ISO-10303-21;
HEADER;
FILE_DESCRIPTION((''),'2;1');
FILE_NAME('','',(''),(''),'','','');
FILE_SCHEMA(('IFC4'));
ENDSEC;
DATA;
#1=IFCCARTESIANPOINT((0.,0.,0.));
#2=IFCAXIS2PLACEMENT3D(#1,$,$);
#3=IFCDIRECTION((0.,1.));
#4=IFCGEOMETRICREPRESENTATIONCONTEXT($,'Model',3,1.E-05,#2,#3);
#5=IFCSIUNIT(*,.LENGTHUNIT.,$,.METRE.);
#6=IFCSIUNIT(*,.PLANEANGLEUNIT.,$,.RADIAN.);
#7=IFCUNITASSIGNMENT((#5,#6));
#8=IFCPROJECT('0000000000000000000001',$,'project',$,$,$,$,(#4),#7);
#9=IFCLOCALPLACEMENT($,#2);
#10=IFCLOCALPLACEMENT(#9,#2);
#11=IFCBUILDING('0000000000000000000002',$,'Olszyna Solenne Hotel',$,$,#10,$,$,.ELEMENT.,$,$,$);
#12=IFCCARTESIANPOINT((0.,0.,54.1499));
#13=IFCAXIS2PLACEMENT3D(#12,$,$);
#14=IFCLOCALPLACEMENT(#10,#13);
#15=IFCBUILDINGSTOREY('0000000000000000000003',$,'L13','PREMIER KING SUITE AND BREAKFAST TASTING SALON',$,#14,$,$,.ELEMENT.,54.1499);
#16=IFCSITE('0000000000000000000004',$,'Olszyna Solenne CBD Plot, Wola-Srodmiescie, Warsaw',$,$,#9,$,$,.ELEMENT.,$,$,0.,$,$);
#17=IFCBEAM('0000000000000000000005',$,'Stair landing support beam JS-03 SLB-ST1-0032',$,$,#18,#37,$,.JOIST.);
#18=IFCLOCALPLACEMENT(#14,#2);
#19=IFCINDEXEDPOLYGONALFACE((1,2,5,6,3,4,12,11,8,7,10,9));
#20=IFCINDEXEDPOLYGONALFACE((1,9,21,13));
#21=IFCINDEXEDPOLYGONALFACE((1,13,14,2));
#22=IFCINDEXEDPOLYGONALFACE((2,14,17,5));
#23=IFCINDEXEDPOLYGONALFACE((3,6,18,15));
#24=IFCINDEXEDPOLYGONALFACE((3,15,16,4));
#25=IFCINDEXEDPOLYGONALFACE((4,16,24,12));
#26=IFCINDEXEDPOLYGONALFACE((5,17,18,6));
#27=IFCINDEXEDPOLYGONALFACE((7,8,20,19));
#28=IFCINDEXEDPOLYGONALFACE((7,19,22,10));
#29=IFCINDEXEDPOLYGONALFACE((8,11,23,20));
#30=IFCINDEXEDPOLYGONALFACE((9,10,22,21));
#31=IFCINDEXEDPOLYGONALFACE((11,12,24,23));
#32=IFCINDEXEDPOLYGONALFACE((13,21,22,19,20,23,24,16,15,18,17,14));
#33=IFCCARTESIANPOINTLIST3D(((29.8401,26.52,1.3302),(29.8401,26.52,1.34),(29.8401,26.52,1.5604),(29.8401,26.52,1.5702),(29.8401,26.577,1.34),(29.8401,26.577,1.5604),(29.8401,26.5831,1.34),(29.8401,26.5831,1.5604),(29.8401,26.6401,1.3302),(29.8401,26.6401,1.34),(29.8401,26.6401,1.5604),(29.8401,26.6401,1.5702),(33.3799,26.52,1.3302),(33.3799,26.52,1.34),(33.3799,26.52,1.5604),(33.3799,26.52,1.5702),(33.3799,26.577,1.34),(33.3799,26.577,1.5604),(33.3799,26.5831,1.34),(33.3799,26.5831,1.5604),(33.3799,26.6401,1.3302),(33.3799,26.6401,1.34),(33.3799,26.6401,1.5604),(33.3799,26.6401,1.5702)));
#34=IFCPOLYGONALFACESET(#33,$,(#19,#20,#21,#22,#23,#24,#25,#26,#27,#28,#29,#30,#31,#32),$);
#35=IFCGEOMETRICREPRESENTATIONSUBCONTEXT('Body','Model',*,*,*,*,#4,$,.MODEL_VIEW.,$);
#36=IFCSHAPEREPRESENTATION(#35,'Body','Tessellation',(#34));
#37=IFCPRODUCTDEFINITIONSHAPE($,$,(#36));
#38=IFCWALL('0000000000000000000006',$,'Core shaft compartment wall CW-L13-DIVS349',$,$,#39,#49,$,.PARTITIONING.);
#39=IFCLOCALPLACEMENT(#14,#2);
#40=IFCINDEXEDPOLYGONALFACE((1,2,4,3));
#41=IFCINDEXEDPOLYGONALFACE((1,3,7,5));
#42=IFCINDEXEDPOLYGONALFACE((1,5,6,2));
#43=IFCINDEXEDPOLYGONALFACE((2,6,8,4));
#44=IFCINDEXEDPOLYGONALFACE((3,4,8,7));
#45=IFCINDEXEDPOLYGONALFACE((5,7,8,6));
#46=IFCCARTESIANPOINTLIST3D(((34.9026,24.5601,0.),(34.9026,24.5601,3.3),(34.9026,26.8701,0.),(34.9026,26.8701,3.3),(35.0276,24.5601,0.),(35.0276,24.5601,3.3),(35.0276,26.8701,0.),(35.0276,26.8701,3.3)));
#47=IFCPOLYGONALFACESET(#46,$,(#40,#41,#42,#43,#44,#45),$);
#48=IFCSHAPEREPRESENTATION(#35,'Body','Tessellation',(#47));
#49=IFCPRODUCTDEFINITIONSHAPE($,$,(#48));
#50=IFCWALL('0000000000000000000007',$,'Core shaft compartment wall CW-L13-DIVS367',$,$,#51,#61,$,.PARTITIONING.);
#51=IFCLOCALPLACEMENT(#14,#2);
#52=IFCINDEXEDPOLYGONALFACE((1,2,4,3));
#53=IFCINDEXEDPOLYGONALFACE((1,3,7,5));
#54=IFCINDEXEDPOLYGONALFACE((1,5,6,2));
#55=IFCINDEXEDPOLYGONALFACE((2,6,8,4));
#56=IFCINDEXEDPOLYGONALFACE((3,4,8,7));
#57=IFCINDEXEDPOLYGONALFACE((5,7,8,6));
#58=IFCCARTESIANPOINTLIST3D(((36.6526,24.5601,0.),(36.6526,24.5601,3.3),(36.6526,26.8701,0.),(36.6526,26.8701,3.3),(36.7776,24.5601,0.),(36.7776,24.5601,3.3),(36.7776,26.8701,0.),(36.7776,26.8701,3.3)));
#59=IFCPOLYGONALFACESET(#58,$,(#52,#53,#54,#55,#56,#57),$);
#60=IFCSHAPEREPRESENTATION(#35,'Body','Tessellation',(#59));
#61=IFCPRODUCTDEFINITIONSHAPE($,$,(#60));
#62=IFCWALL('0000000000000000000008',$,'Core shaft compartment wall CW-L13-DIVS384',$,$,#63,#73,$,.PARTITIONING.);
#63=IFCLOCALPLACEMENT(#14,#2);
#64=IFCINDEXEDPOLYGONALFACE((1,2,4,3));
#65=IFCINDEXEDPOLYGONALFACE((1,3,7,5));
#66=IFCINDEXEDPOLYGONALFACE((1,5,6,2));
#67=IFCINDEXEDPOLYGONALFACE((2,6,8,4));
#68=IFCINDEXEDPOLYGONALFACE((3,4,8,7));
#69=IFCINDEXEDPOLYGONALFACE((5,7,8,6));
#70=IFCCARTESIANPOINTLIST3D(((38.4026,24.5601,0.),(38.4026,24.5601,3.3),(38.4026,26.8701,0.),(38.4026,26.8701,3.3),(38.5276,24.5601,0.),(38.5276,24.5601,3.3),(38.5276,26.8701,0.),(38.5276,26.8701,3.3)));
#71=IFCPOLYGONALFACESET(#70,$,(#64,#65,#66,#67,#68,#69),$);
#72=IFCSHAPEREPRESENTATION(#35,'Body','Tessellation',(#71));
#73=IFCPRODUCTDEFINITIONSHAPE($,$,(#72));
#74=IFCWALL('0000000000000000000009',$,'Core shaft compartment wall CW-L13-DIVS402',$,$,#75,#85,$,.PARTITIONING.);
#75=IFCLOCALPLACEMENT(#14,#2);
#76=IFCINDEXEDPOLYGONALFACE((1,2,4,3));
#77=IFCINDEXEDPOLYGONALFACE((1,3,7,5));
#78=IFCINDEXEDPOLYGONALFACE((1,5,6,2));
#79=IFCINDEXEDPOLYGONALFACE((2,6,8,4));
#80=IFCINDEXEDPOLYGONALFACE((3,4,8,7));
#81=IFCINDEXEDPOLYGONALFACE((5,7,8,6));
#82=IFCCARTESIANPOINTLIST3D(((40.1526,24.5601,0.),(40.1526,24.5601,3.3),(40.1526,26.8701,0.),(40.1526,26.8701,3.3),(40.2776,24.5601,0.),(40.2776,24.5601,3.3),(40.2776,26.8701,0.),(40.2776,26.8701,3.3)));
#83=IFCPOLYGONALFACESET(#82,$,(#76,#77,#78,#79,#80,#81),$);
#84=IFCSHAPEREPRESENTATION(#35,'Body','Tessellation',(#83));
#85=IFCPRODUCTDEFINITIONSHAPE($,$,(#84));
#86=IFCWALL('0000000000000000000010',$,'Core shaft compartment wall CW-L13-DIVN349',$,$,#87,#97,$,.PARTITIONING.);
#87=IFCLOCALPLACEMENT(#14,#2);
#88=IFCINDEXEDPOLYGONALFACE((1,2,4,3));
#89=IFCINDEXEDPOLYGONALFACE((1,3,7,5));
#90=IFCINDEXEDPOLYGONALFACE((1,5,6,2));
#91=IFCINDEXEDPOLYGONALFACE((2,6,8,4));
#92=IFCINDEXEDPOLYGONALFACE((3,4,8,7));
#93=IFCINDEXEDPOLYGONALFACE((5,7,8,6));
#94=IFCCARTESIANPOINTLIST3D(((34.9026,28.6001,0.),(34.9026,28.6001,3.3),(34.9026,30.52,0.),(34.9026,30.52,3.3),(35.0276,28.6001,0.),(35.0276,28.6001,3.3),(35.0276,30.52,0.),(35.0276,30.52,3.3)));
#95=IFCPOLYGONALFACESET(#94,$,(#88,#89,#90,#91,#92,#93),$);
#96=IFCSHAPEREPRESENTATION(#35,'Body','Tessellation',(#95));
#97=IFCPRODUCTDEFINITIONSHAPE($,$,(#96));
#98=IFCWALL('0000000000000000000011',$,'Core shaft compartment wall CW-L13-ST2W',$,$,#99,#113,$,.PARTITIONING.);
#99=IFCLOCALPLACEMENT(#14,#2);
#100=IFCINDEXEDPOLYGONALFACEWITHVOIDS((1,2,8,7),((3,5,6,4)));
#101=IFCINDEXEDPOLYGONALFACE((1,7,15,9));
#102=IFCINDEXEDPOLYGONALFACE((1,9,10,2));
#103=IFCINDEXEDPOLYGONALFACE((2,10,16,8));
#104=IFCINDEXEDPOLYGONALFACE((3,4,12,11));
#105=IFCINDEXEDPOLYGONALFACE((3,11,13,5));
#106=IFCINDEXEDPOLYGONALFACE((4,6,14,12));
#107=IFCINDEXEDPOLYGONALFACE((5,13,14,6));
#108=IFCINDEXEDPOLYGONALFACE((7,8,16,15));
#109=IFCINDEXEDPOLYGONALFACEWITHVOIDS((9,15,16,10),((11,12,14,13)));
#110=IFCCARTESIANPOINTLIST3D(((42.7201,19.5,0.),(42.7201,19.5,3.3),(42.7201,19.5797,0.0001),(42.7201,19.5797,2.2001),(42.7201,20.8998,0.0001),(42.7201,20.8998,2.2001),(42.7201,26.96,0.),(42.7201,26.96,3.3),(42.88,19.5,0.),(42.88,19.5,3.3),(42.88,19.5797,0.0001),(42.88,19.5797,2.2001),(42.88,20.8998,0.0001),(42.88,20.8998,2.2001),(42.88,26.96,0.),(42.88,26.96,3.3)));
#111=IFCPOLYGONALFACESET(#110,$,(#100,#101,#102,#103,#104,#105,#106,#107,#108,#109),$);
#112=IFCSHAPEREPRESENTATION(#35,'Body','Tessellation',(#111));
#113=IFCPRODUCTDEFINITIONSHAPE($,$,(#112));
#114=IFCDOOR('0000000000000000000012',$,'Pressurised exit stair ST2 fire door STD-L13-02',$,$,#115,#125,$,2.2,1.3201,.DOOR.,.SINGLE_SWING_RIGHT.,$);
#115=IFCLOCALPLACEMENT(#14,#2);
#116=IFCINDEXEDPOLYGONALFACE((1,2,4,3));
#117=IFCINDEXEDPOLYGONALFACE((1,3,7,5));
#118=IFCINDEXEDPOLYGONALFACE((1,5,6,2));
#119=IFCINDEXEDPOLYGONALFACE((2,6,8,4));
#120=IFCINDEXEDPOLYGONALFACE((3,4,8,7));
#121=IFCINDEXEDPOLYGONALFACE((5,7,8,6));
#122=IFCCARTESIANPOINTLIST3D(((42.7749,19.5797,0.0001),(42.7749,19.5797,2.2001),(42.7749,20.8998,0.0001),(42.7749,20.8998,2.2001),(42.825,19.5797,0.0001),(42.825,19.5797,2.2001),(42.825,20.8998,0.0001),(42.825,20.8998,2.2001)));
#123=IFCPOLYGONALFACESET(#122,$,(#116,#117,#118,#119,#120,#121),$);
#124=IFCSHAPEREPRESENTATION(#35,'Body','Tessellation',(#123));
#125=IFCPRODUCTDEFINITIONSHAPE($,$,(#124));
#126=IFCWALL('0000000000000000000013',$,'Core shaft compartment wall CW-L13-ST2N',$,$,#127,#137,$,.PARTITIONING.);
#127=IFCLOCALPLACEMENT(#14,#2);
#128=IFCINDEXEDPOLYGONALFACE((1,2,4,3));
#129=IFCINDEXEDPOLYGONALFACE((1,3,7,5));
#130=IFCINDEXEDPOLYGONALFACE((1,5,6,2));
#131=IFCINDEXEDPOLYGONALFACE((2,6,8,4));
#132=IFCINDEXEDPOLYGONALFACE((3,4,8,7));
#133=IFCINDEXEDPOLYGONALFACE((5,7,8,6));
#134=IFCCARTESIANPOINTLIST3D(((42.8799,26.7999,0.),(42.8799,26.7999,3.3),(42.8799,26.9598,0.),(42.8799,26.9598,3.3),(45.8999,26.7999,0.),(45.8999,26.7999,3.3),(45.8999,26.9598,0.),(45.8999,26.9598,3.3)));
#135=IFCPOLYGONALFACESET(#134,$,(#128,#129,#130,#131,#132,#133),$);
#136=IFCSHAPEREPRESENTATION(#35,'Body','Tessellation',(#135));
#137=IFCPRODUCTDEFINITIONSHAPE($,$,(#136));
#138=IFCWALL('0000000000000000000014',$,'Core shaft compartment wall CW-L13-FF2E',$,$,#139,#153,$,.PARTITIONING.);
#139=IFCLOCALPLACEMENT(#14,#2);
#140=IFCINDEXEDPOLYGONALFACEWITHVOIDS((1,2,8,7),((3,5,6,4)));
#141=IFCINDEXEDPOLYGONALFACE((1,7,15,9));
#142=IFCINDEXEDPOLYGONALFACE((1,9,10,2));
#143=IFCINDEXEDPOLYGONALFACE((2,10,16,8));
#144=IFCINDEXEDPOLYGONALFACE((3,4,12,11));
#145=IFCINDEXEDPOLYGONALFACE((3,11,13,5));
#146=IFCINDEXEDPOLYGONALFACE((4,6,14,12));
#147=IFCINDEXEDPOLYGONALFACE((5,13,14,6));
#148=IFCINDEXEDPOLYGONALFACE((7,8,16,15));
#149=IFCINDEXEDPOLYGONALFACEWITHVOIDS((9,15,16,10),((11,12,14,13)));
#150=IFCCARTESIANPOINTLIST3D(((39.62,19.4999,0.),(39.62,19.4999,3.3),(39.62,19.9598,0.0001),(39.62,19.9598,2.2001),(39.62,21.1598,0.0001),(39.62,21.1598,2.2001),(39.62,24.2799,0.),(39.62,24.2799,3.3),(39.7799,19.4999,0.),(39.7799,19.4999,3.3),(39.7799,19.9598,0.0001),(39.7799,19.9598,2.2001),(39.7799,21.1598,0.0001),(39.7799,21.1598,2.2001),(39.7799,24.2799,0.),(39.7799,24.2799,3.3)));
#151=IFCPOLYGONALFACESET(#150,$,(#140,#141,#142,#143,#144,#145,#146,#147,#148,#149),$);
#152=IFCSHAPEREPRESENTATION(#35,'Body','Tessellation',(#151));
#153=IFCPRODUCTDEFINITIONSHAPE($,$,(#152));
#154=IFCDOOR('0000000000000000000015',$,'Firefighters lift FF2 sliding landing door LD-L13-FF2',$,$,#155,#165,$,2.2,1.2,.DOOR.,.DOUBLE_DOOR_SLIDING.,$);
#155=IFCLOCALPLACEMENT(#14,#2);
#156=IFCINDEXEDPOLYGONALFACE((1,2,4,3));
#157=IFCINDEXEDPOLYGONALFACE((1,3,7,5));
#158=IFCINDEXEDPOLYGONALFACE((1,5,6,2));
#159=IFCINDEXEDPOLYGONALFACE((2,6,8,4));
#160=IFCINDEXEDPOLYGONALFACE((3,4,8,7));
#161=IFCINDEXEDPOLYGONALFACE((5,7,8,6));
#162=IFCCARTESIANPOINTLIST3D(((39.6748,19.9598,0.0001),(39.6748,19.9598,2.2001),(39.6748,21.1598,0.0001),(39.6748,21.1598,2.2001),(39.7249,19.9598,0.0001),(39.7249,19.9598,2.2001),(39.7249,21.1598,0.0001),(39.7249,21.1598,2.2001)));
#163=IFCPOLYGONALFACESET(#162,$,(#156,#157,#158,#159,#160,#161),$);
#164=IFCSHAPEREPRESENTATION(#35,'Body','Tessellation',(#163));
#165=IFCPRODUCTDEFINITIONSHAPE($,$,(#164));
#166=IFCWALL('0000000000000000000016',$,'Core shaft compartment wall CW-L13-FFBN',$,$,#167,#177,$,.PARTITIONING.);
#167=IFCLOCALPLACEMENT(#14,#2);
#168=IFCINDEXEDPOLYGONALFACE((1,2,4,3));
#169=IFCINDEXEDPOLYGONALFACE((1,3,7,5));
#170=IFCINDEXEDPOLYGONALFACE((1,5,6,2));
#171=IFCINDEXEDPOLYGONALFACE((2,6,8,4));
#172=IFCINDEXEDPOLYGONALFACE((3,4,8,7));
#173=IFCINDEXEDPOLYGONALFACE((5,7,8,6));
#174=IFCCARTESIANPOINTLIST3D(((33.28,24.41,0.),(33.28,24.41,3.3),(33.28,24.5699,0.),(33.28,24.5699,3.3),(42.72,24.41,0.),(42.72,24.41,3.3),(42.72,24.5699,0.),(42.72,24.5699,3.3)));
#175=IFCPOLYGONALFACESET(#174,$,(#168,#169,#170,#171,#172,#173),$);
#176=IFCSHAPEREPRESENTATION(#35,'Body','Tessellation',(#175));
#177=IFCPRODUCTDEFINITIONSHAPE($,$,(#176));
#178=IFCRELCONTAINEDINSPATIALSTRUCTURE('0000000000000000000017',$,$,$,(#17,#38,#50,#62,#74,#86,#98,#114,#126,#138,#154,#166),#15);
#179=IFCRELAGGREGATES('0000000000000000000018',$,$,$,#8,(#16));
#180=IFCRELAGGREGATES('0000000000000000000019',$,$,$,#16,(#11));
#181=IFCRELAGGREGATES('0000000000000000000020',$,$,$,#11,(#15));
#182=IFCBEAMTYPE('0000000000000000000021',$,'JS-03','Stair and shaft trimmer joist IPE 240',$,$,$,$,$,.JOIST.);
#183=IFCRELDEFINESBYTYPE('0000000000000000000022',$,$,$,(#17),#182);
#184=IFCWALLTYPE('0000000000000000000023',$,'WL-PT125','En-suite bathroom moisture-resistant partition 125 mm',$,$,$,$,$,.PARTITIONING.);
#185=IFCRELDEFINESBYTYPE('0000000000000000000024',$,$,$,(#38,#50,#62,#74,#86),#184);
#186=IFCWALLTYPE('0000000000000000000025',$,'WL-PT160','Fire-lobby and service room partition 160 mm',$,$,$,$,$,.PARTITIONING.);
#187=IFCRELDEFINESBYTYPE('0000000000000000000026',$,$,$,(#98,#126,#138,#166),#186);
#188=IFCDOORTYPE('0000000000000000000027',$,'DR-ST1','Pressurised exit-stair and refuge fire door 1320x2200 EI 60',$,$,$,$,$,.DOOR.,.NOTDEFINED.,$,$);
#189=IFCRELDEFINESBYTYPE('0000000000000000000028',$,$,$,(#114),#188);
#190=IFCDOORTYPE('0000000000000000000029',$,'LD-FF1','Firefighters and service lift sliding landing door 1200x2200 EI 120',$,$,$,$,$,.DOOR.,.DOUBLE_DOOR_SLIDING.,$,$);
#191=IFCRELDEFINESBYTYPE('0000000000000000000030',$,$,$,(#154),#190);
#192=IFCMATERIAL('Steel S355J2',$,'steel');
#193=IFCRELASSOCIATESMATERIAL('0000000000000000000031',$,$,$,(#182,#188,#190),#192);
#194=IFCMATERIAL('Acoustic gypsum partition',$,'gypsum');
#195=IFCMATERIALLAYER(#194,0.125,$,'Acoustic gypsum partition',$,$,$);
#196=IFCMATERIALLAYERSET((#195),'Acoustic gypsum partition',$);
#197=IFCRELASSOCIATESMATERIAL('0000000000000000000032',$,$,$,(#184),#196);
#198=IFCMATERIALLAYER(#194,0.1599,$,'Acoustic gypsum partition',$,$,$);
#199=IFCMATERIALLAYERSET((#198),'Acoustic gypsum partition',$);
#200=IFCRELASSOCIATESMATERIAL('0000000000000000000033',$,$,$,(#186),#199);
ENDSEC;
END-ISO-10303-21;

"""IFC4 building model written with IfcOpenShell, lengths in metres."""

from ifc_helpers import new_model, si_unit, direction, frame, frame_2d, origin, origin_2d, place, context, subcontext, project, spatial, rectangle, i_section, extrude, source, transform, mapped, material, layer, layer_set, material_profile, profile_set, type_object, type_shapes, element, fill, save


model = new_model("IFC4")

# Units and contexts
model_context = context("Model", 3, precision=1e-05, world=origin(), true_north=direction((0.0, 1.0)))
body_context = subcontext(model_context, "Body", "Model", "MODEL_VIEW")
ifc_project = project(units=[si_unit("LENGTHUNIT", "METRE"), si_unit("PLANEANGLEUNIT", "RADIAN")], contexts=[model_context])

# Site, building, storey
site_placement = place(None, origin())
site = spatial("IfcSite", under=ifc_project, at=site_placement, Name="Olszyna Solenne CBD Plot, Wola-Srodmiescie, Warsaw", CompositionType="ELEMENT", RefElevation=0.0)
building_placement = place(site_placement, origin())
building = spatial("IfcBuilding", under=site, at=building_placement, Name="Olszyna Solenne Hotel", CompositionType="ELEMENT")
storey_placement = place(building_placement, frame((0.0, 0.0, 54.1499)))
storey = spatial("IfcBuildingStorey", under=building, at=storey_placement, Name="L13", Description="PREMIER KING SUITE AND BREAKFAST TASTING SALON", CompositionType="ELEMENT", Elevation=54.1499)

# Beam
ifc_material_1 = material(Name="Steel S355J2", Category="steel")
ifc_material_profile = material_profile(ifc_material_1, i_section(OverallWidth=0.1201, OverallDepth=0.24, WebThickness=0.0061, FlangeThickness=0.0098, at=origin_2d()), Name="IPE 240", Category="load-bearing")
ifc_profile_set = profile_set([ifc_material_profile], Name="Steel S355J2")
beam_type = type_object("IfcBeamType", Name="JS-03", Description="Stair and shaft trimmer joist IPE 240", PredefinedType="JOIST", material=ifc_profile_set)
shared_shape_1 = source(origin(), body_context, "Body", "SweptSolid", [
    extrude(i_section(OverallWidth=0.1201, OverallDepth=0.24, WebThickness=0.0061, FlangeThickness=0.0098, at=origin_2d()), origin(), (0.0, 0.0, 1.0), 3.5398),
])
beam_placement = place(storey_placement, frame((33.3799, 26.5801, 1.4502), z_axis=(-1.0, 0.0, 0.0), x_axis=(0.0, -1.0, 0.0)))
element("IfcBeam", 1, at=beam_placement, inside=storey, type_object=beam_type, Name="Stair landing support beam JS-03 SLB-ST1-0032", PredefinedType="JOIST", context=body_context, shape_type="MappedRepresentation", body=[
    mapped(shared_shape_1, transform((0.0, 0.0, 0.0), x_axis=(1.0, 0.0, 0.0), y_axis=(0.0, 1.0, 0.0), z_axis=(0.0, 0.0, 1.0), scale=1.0)),
])

# Walls
ifc_material_2 = material(Name="Acoustic gypsum partition", Category="gypsum")
ifc_layer_1 = layer(ifc_material_2, 0.125, Name="Acoustic gypsum partition")
ifc_layer_set_1 = layer_set([ifc_layer_1], Name="Acoustic gypsum partition")
wall_type_1 = type_object("IfcWallType", Name="WL-PT125", Description="En-suite bathroom moisture-resistant partition 125 mm", PredefinedType="PARTITIONING", material=ifc_layer_set_1)
for number, where, z_axis, x_axis, name in (
    (2, (34.9651, 24.5601, 0.0), (0.0, 0.0, 1.0), (0.0, 1.0, 0.0), "Core shaft compartment wall CW-L13-DIVS349"),
    (3, (36.7151, 24.5601, 0.0), (0.0, 0.0, 1.0), (0.0, 1.0, 0.0), "Core shaft compartment wall CW-L13-DIVS367"),
    (4, (38.4651, 24.5601, 0.0), (0.0, 0.0, 1.0), (0.0, 1.0, 0.0), "Core shaft compartment wall CW-L13-DIVS384"),
    (5, (40.2151, 24.5601, 0.0), (0.0, 0.0, 1.0), (0.0, 1.0, 0.0), "Core shaft compartment wall CW-L13-DIVS402"),
):
    element("IfcWall", number, at=place(storey_placement, frame(where, z_axis=z_axis, x_axis=x_axis)), inside=storey, type_object=wall_type_1, Name=name, PredefinedType="PARTITIONING", context=body_context, shape_type="SweptSolid", body=[
        extrude(rectangle(XDim=2.3101, YDim=0.125, at=frame_2d((1.155, 0.0))), origin(), (0.0, 0.0, 1.0), 3.3),
    ])
wall_1_placement = place(storey_placement, frame((34.9651, 28.6001, 0.0), z_axis=(0.0, 0.0, 1.0), x_axis=(0.0, 1.0, 0.0)))
element("IfcWall", 6, at=wall_1_placement, inside=storey, type_object=wall_type_1, Name="Core shaft compartment wall CW-L13-DIVN349", PredefinedType="PARTITIONING", context=body_context, shape_type="SweptSolid", body=[
    extrude(rectangle(XDim=1.9199, YDim=0.125, at=frame_2d((0.96, 0.0))), origin(), (0.0, 0.0, 1.0), 3.3),
])

# Wall, opening, door
ifc_layer_2 = layer(ifc_material_2, 0.1599, Name="Acoustic gypsum partition")
ifc_layer_set_2 = layer_set([ifc_layer_2], Name="Acoustic gypsum partition")
wall_type_2 = type_object("IfcWallType", Name="WL-PT160", Description="Fire-lobby and service room partition 160 mm", PredefinedType="PARTITIONING", material=ifc_layer_set_2)
wall_2_placement = place(storey_placement, frame((42.8, 26.96, 0.0), z_axis=(0.0, 0.0, 1.0), x_axis=(0.0, -1.0, 0.0)))
wall_2 = element("IfcWall", 7, at=wall_2_placement, inside=storey, type_object=wall_type_2, Name="Core shaft compartment wall CW-L13-ST2W", PredefinedType="PARTITIONING", context=body_context, shape_type="SweptSolid", body=[
    extrude(rectangle(XDim=7.46, YDim=0.1599, at=frame_2d((3.73, 0.0))), origin(), (0.0, 0.0, 1.0), 3.3),
])
opening_1_placement = place(wall_2_placement, frame((6.0601, 0.0, 0.0)))
opening_1 = element("IfcOpeningElement", 8, at=opening_1_placement, cuts=wall_2, PredefinedType="OPENING", context=body_context, shape_type="SweptSolid", body=[
    extrude(rectangle(XDim=1.3201, YDim=2.2, at=frame_2d((0.6602, 1.1001))), frame((0.0, 0.0898, 0.0), z_axis=(0.0, -1.0, 0.0), x_axis=(1.0, 0.0, 0.0)), (0.0, 0.0, 1.0), 0.1799),
])
door_type_1 = type_object("IfcDoorType", Name="DR-ST1", Description="Pressurised exit-stair and refuge fire door 1320x2200 EI 60", OperationType="NOTDEFINED", PredefinedType="DOOR", material=ifc_material_1)
shared_shape_2 = source(origin(), body_context, "Body", "SweptSolid", [
    extrude(rectangle(XDim=1.3201, YDim=2.2, at=frame_2d((0.6602, 1.1001))), frame((0.0, 0.0249, 0.0), z_axis=(0.0, -1.0, 0.0), x_axis=(1.0, 0.0, 0.0)), (0.0, 0.0, 1.0), 0.05),
])
type_shapes(door_type_1, [shared_shape_2])
door_1_placement = place(opening_1_placement, origin())
door_1 = element("IfcDoor", 9, at=door_1_placement, inside=storey, type_object=door_type_1, Name="Pressurised exit stair ST2 fire door STD-L13-02", OperationType="SINGLE_SWING_RIGHT", OverallHeight=2.2, OverallWidth=1.3201, PredefinedType="DOOR", context=body_context, shape_type="MappedRepresentation", body=[
    mapped(shared_shape_2, transform((0.0, 0.0, 0.0), x_axis=(1.0, 0.0, 0.0), y_axis=(0.0, 1.0, 0.0), z_axis=(0.0, 0.0, 1.0), scale=1.0)),
])
fill(opening_1, door_1)

# Wall
wall_3_placement = place(storey_placement, frame((42.8799, 26.8799, 0.0), z_axis=(0.0, 0.0, 1.0), x_axis=(1.0, 0.0, 0.0)))
element("IfcWall", 10, at=wall_3_placement, inside=storey, type_object=wall_type_2, Name="Core shaft compartment wall CW-L13-ST2N", PredefinedType="PARTITIONING", context=body_context, shape_type="SweptSolid", body=[
    extrude(rectangle(XDim=3.02, YDim=0.1599, at=frame_2d((1.51, 0.0))), origin(), (0.0, 0.0, 1.0), 3.3),
])

# Wall, opening, door
wall_4_placement = place(storey_placement, frame((39.7, 24.28, 0.0), z_axis=(0.0, 0.0, 1.0), x_axis=(0.0, -1.0, 0.0)))
wall_4 = element("IfcWall", 11, at=wall_4_placement, inside=storey, type_object=wall_type_2, Name="Core shaft compartment wall CW-L13-FF2E", PredefinedType="PARTITIONING", context=body_context, shape_type="SweptSolid", body=[
    extrude(rectangle(XDim=4.78, YDim=0.1599, at=frame_2d((2.3901, 0.0))), origin(), (0.0, 0.0, 1.0), 3.3),
])
opening_2_placement = place(wall_4_placement, frame((3.1201, 0.0, 0.0)))
opening_2 = element("IfcOpeningElement", 12, at=opening_2_placement, cuts=wall_4, PredefinedType="OPENING", context=body_context, shape_type="SweptSolid", body=[
    extrude(rectangle(XDim=1.2, YDim=2.2, at=frame_2d((0.6001, 1.1001))), frame((0.0, 0.0898, 0.0), z_axis=(0.0, -1.0, 0.0), x_axis=(1.0, 0.0, 0.0)), (0.0, 0.0, 1.0), 0.1799),
])
door_type_2 = type_object("IfcDoorType", Name="LD-FF1", Description="Firefighters and service lift sliding landing door 1200x2200 EI 120", OperationType="DOUBLE_DOOR_SLIDING", PredefinedType="DOOR", material=ifc_material_1)
shared_shape_3 = source(origin(), body_context, "Body", "SweptSolid", [
    extrude(rectangle(XDim=1.2, YDim=2.2, at=frame_2d((0.6001, 1.1001))), frame((0.0, 0.0249, 0.0), z_axis=(0.0, -1.0, 0.0), x_axis=(1.0, 0.0, 0.0)), (0.0, 0.0, 1.0), 0.05),
])
type_shapes(door_type_2, [shared_shape_3])
door_2_placement = place(opening_2_placement, origin())
door_2 = element("IfcDoor", 13, at=door_2_placement, inside=storey, type_object=door_type_2, Name="Firefighters lift FF2 sliding landing door LD-L13-FF2", OperationType="DOUBLE_DOOR_SLIDING", OverallHeight=2.2, OverallWidth=1.2, PredefinedType="DOOR", context=body_context, shape_type="MappedRepresentation", body=[
    mapped(shared_shape_3, transform((0.0, 0.0, 0.0), x_axis=(1.0, 0.0, 0.0), y_axis=(0.0, 1.0, 0.0), z_axis=(0.0, 0.0, 1.0), scale=1.0)),
])
fill(opening_2, door_2)

# Wall
wall_5_placement = place(storey_placement, frame((33.28, 24.49, 0.0), z_axis=(0.0, 0.0, 1.0), x_axis=(1.0, 0.0, 0.0)))
element("IfcWall", 14, at=wall_5_placement, inside=storey, type_object=wall_type_2, Name="Core shaft compartment wall CW-L13-FFBN", PredefinedType="PARTITIONING", context=body_context, shape_type="SweptSolid", body=[
    extrude(rectangle(XDim=9.4399, YDim=0.1599, at=frame_2d((4.72, 0.0))), origin(), (0.0, 0.0, 1.0), 3.3),
])

save(model, "model.ifc")
